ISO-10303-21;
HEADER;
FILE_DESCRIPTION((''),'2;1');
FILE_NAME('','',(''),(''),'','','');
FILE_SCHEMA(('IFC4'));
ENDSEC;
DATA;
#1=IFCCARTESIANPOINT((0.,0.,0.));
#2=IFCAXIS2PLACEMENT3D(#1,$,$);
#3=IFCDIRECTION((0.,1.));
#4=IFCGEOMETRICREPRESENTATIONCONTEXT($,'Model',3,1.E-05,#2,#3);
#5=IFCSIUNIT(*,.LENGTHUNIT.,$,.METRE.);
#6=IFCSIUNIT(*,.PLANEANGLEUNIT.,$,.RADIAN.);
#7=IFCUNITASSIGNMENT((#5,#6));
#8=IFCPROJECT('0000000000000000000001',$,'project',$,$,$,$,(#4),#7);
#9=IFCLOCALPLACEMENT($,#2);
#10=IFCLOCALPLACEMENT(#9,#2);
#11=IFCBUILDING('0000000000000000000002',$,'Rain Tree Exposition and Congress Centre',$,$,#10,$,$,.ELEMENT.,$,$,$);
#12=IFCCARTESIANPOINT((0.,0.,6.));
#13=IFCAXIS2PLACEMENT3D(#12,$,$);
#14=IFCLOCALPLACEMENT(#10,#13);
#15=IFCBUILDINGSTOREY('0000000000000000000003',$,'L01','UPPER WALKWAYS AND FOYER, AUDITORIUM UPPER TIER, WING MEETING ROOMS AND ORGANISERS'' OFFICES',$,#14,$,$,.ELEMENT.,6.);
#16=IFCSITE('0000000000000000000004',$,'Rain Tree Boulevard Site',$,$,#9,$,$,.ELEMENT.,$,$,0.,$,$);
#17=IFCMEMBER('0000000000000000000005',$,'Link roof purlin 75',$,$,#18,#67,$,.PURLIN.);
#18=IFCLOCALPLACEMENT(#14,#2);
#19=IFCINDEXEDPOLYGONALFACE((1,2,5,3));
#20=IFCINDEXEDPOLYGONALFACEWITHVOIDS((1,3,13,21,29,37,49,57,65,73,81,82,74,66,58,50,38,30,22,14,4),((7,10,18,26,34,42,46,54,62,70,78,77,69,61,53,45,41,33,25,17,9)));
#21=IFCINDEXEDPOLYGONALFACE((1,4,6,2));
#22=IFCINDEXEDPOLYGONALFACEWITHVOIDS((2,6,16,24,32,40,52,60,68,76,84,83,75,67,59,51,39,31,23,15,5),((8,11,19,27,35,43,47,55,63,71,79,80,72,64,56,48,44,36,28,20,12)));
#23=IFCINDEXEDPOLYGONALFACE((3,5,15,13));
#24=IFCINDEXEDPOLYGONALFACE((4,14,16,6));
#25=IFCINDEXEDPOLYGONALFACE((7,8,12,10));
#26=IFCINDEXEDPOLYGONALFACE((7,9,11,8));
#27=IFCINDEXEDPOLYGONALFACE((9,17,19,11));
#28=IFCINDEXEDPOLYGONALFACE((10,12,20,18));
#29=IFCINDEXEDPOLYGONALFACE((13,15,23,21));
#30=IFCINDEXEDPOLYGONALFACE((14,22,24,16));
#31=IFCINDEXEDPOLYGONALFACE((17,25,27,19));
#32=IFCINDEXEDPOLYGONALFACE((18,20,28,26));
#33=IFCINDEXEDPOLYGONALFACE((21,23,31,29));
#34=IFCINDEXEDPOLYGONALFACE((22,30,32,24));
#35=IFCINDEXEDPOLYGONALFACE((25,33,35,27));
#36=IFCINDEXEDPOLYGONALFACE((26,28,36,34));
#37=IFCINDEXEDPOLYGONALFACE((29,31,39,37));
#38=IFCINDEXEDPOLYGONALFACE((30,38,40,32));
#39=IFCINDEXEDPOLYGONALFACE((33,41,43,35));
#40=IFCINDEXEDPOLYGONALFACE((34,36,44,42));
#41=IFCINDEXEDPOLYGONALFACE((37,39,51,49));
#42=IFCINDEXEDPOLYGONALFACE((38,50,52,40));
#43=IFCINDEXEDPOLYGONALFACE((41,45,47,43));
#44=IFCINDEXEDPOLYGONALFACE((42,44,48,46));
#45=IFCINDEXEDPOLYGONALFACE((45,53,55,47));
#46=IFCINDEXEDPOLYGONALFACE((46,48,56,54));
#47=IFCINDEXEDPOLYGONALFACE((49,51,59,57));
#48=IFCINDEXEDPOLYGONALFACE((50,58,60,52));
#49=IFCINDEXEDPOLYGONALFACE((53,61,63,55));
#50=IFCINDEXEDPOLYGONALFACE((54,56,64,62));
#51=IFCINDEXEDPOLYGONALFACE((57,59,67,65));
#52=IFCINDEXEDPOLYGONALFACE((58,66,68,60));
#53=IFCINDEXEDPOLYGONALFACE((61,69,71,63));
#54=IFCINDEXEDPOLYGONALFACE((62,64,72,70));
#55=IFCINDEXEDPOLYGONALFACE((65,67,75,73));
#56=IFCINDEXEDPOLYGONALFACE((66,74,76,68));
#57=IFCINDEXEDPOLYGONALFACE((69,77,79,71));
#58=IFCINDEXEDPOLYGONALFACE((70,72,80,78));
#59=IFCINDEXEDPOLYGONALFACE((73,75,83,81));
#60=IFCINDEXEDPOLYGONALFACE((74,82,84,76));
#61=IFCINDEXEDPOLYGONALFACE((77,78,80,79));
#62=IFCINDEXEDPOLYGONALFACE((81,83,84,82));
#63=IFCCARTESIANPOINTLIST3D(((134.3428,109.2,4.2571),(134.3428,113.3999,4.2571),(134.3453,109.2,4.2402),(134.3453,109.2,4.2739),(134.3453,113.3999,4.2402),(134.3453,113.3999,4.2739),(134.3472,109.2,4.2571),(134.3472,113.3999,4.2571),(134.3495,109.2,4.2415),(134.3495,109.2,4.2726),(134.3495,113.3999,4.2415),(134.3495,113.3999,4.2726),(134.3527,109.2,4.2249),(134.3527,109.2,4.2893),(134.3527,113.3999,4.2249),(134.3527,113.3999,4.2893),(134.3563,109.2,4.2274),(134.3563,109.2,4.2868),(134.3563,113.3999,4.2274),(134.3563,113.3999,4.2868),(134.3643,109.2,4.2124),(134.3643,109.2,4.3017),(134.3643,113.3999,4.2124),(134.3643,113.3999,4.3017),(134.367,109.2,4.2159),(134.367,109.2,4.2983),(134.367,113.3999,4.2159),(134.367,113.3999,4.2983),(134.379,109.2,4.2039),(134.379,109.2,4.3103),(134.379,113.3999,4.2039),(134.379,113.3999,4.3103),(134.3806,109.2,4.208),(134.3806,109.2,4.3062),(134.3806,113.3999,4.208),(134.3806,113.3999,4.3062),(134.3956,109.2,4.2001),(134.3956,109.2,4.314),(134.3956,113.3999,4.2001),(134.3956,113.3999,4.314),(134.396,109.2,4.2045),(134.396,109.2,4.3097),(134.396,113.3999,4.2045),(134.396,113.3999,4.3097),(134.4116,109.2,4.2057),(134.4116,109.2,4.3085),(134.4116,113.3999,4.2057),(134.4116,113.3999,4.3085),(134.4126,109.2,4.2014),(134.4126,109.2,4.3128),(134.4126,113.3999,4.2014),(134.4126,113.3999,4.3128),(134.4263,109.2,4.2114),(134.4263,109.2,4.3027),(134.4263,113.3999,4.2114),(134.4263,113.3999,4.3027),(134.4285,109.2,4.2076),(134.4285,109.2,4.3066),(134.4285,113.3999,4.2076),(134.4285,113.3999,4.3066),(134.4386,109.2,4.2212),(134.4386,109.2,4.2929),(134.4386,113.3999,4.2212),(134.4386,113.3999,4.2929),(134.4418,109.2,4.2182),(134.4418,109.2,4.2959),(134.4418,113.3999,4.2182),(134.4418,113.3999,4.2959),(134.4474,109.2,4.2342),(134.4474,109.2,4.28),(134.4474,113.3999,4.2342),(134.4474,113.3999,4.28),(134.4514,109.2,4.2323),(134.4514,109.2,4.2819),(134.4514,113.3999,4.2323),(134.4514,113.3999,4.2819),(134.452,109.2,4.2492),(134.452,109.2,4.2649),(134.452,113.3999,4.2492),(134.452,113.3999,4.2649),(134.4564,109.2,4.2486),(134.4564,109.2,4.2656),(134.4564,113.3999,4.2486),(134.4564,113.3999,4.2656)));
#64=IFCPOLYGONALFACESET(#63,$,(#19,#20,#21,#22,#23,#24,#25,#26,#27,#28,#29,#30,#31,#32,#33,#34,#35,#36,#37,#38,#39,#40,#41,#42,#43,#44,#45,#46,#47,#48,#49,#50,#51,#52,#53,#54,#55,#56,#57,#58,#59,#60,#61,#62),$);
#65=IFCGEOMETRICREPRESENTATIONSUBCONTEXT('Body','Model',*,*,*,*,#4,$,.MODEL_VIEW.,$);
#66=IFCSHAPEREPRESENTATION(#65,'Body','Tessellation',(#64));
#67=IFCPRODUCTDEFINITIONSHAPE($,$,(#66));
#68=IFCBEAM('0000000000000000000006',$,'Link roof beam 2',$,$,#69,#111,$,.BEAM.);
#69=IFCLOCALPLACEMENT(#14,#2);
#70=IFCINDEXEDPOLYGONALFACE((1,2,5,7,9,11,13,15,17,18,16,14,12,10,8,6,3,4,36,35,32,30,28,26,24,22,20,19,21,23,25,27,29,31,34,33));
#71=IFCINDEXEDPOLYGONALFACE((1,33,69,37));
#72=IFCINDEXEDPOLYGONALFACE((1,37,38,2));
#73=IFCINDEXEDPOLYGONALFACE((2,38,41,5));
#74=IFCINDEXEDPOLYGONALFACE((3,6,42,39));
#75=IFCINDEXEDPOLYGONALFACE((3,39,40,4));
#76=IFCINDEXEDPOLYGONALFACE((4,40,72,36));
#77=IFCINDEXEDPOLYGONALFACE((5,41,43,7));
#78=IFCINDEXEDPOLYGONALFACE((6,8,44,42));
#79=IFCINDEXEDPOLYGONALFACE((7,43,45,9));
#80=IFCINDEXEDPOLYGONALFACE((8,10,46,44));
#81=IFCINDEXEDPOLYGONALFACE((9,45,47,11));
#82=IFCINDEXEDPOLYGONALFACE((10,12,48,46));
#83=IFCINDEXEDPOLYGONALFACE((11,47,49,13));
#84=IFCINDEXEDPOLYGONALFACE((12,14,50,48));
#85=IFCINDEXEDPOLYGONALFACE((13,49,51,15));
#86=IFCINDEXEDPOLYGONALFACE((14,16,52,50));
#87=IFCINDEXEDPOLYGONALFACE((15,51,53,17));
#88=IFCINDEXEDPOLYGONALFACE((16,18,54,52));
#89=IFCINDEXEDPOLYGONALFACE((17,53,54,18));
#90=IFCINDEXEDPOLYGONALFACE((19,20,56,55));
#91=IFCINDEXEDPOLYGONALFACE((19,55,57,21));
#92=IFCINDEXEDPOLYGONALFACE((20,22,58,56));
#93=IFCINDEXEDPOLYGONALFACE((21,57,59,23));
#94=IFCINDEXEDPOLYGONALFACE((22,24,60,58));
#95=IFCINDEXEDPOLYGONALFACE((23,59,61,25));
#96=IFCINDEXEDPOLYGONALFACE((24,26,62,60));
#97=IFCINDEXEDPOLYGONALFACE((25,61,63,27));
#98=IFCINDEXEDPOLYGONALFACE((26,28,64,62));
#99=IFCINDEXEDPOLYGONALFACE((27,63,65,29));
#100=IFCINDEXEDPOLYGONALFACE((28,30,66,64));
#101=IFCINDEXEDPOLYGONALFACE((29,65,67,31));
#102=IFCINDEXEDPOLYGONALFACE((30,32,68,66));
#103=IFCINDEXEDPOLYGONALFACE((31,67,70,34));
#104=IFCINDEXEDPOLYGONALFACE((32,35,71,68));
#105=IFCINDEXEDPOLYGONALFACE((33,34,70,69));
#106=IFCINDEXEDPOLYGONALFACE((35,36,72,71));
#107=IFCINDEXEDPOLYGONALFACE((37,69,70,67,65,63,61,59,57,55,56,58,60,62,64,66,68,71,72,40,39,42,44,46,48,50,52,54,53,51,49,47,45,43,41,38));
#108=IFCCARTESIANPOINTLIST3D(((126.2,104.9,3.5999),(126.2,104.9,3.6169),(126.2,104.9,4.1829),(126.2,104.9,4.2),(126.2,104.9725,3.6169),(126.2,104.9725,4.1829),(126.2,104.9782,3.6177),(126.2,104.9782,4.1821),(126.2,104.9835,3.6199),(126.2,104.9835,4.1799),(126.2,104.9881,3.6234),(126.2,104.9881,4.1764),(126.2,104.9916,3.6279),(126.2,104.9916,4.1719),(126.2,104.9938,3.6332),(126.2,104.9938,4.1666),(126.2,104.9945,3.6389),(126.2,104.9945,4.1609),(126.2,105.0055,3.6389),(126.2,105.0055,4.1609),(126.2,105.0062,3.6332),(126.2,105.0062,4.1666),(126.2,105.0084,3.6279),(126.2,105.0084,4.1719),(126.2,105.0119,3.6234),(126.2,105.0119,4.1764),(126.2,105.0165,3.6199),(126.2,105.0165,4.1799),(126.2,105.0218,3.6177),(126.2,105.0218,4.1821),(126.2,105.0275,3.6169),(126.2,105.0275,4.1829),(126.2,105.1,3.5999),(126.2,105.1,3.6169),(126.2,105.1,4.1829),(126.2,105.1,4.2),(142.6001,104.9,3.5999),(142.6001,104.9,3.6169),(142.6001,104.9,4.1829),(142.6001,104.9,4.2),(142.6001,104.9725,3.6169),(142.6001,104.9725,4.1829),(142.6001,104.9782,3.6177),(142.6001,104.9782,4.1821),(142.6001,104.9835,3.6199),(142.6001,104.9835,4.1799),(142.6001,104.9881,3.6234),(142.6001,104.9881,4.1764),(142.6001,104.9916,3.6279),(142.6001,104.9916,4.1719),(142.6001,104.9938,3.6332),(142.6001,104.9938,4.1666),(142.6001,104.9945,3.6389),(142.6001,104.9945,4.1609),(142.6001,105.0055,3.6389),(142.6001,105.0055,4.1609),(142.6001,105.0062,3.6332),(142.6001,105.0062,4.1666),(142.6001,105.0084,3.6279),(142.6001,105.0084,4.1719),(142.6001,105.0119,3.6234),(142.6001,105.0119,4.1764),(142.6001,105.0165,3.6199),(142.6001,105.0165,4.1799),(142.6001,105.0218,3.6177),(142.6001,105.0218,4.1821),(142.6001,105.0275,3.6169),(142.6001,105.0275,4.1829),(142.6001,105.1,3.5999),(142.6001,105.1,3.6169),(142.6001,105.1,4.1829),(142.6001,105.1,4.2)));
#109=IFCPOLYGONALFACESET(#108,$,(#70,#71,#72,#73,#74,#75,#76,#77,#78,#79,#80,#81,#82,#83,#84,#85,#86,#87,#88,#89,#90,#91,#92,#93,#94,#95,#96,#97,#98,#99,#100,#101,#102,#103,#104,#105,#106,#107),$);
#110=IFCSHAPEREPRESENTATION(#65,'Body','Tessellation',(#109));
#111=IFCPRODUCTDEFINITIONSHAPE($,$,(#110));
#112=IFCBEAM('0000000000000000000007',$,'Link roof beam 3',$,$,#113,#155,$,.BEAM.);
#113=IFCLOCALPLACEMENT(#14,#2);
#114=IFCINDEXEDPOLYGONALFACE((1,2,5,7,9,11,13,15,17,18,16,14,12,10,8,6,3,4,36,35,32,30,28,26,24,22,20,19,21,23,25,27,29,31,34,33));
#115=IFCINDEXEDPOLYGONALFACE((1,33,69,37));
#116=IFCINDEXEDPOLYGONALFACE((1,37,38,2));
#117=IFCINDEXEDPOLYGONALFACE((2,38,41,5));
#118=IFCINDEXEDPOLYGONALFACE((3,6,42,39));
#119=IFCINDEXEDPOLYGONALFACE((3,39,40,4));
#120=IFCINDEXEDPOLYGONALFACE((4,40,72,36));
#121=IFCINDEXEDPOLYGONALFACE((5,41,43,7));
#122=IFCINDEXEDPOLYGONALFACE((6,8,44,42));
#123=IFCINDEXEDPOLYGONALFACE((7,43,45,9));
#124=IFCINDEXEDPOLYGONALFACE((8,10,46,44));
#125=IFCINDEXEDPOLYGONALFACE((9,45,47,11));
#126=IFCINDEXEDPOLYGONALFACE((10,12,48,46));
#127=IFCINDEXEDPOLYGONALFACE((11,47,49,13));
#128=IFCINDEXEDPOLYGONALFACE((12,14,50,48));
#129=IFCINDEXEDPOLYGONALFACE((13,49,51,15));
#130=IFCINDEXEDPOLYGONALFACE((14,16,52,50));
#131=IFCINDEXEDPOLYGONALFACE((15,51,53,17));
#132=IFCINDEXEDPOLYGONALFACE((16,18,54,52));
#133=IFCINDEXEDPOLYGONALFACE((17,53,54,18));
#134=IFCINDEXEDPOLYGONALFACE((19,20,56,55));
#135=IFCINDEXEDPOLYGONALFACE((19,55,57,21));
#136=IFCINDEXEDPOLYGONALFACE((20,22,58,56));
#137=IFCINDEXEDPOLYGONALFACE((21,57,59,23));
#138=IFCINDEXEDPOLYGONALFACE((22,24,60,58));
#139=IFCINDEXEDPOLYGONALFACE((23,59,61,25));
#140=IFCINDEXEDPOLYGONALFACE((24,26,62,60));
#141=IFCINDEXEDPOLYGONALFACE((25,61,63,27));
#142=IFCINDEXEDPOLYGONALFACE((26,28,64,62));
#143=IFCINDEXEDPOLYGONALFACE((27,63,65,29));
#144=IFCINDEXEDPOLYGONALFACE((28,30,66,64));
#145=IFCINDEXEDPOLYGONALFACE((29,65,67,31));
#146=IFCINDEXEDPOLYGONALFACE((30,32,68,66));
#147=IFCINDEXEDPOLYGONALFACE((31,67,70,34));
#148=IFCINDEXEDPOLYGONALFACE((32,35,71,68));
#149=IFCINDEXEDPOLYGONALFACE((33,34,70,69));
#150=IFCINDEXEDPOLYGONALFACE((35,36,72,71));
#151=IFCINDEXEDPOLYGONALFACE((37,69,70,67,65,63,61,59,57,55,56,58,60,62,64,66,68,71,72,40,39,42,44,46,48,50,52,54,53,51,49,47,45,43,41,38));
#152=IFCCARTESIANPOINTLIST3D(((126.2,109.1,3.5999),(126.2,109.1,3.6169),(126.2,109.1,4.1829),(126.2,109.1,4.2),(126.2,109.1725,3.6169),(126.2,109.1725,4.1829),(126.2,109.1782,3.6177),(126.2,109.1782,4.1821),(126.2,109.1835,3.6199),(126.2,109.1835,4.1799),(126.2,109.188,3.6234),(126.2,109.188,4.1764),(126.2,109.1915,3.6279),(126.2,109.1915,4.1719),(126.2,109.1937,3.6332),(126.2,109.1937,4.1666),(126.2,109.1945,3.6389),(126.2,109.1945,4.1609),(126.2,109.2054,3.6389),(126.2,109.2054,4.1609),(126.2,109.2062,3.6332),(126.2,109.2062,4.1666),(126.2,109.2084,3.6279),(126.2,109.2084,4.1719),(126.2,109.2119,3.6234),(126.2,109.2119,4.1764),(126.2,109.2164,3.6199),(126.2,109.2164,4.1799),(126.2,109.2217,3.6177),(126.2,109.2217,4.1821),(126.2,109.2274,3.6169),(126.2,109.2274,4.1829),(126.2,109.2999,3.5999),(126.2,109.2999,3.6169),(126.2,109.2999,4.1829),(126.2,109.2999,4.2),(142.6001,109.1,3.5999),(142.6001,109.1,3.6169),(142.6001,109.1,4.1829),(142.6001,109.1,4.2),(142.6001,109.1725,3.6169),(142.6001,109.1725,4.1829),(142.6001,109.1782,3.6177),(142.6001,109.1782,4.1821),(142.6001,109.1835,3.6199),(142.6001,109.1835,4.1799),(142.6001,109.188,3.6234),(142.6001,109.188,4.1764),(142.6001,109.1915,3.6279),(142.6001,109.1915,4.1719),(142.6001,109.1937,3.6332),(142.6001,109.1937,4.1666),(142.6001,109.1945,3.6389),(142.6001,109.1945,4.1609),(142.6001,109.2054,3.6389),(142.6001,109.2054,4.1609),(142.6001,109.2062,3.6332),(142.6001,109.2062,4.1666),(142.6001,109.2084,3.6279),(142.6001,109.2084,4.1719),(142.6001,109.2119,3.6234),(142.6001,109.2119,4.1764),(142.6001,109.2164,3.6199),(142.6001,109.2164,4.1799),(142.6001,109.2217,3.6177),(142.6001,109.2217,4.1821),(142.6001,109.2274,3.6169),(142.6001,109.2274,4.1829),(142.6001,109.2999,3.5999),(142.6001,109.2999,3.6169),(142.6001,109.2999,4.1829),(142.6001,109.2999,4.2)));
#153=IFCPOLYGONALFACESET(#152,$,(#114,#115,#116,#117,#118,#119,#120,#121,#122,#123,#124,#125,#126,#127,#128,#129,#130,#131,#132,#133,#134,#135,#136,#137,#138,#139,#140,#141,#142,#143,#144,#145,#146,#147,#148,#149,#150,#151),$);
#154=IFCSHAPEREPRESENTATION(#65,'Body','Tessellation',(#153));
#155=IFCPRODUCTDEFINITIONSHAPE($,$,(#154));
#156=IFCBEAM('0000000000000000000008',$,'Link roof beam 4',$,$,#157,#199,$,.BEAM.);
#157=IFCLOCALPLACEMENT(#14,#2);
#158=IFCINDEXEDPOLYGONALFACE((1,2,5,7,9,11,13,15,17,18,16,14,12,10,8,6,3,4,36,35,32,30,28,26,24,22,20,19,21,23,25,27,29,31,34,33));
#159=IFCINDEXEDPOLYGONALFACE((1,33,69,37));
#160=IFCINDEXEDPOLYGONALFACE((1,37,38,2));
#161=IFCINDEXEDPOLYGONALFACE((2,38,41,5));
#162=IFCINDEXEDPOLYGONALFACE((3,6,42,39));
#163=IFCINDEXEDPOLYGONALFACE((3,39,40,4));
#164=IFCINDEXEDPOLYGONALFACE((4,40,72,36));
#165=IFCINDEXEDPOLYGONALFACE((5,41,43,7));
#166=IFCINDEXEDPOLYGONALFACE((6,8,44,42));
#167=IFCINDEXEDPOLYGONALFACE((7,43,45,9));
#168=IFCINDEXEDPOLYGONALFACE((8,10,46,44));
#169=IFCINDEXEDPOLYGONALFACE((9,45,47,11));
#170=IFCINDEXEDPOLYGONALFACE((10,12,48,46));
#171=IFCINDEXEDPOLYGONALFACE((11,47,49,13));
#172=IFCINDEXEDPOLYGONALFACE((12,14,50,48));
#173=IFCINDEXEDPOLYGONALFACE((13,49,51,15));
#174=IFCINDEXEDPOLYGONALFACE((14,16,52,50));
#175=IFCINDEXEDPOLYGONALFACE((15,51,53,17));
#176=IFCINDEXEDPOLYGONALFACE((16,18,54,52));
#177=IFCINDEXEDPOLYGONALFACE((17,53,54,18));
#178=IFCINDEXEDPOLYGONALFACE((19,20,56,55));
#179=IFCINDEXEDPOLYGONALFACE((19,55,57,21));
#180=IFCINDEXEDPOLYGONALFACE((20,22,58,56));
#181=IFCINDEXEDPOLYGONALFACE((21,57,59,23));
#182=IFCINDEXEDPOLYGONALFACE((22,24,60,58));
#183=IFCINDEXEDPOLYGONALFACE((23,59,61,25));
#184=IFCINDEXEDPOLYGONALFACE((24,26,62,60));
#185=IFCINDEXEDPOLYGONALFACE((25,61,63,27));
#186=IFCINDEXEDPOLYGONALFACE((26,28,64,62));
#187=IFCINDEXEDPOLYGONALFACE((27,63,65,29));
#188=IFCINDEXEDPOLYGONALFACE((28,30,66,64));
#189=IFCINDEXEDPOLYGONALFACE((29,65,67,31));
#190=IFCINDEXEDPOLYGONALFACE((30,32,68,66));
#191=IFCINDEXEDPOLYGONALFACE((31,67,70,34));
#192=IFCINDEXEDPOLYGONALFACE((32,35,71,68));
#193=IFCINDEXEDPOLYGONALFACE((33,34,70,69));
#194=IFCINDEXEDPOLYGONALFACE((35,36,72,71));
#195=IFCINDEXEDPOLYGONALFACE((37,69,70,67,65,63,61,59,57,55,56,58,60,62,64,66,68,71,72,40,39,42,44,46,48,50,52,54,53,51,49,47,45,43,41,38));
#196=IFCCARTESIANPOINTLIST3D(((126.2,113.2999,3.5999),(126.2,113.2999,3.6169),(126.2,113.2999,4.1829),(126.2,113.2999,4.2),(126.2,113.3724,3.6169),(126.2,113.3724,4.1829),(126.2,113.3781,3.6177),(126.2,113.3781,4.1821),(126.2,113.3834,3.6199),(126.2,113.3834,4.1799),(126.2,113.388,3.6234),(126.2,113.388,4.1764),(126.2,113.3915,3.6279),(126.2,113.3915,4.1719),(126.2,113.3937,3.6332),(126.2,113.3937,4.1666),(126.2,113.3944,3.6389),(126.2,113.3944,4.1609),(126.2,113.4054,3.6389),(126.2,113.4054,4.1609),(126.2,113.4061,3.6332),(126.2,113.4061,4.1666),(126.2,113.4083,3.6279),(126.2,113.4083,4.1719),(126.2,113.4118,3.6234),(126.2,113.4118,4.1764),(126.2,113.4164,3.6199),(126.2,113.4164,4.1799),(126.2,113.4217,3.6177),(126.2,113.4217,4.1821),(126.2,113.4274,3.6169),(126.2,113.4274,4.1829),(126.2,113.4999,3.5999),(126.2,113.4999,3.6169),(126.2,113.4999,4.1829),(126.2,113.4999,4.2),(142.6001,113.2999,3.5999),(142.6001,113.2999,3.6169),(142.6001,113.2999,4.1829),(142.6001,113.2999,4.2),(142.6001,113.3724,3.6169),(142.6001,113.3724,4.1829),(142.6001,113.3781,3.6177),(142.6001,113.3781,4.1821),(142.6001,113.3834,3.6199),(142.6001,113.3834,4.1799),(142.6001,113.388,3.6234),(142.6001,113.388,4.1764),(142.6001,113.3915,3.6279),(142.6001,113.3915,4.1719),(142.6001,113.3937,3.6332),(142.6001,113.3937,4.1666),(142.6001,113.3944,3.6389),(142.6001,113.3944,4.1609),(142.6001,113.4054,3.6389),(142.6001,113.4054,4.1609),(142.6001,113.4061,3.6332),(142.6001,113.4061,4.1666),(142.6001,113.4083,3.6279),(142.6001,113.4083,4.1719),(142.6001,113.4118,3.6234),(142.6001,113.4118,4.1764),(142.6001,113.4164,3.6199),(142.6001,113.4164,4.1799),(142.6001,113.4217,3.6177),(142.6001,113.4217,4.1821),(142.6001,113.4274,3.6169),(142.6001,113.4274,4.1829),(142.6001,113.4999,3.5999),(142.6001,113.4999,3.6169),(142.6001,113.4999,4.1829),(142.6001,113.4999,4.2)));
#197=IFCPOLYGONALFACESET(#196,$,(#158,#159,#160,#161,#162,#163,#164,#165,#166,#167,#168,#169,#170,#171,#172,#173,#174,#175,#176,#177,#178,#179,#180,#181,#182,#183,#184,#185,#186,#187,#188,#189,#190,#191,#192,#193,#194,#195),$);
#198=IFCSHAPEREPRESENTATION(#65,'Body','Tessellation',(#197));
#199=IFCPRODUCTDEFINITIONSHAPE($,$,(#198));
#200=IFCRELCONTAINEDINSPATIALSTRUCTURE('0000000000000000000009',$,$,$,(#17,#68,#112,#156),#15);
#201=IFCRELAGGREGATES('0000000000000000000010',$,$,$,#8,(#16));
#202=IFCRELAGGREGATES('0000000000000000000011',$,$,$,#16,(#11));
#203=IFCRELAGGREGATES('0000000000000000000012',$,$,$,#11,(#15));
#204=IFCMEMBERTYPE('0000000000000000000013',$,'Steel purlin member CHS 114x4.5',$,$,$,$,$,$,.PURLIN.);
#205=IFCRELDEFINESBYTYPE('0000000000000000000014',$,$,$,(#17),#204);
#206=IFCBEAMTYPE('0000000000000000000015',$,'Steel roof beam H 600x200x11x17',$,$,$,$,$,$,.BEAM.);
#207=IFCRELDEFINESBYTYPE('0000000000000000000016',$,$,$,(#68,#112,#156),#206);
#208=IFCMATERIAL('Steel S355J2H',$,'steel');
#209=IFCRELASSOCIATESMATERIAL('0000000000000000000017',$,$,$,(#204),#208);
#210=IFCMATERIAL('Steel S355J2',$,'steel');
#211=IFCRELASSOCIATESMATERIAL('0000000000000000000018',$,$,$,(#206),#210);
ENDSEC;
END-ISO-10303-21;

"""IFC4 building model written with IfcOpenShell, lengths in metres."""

from ifc_helpers import new_model, si_unit, direction, frame, origin, origin_2d, place, context, subcontext, project, spatial, hollow_circle, i_section, extrude, material, material_profile, profile_set, type_object, element, save


model = new_model("IFC4")

# Units and contexts
model_context = context("Model", 3, precision=1e-05, world=origin(), true_north=direction((0.0, 1.0)))
body_context = subcontext(model_context, "Body", "Model", "MODEL_VIEW")
ifc_project = project(units=[si_unit("LENGTHUNIT", "METRE"), si_unit("PLANEANGLEUNIT", "RADIAN")], contexts=[model_context])

# Site, building, storey
site_placement = place(None, origin())
site = spatial("IfcSite", under=ifc_project, at=site_placement, Name="Rain Tree Boulevard Site", CompositionType="ELEMENT", RefElevation=0.0)
building_placement = place(site_placement, origin())
building = spatial("IfcBuilding", under=site, at=building_placement, Name="Rain Tree Exposition and Congress Centre", CompositionType="ELEMENT")
storey_placement = place(building_placement, frame((0.0, 0.0, 6.0)))
storey = spatial("IfcBuildingStorey", under=building, at=storey_placement, Name="L01", Description="UPPER WALKWAYS AND FOYER, AUDITORIUM UPPER TIER, WING MEETING ROOMS AND ORGANISERS' OFFICES", CompositionType="ELEMENT", Elevation=6.0)

# Member
ifc_material_1 = material(Name="Steel S355J2H", Category="steel")
ifc_material_profile_1 = material_profile(ifc_material_1, hollow_circle(Radius=0.0571, WallThickness=0.0044, at=origin_2d()), Name="CHS 114x4.5")
ifc_profile_set_1 = profile_set([ifc_material_profile_1], Name="Steel S355J2H")
member_type = type_object("IfcMemberType", Name="Steel purlin member CHS 114x4.5", PredefinedType="PURLIN", material=ifc_profile_set_1)
for number, where, z_axis, x_axis, name in (
    (1, (134.3999, 109.2, 4.2571), (0.0, 1.0, 0.0), (-1.0, 0.0, 0.0), "Link roof purlin 75"),
):
    element("IfcMember", number, at=place(storey_placement, frame(where, z_axis=z_axis, x_axis=x_axis)), inside=storey, type_object=member_type, Name=name, PredefinedType="PURLIN", context=body_context, shape_type="SweptSolid", body=[
        extrude(hollow_circle(Radius=0.0571, WallThickness=0.0044, at=origin_2d()), origin(), (0.0, 0.0, 1.0), 4.2),
    ])

# Beams
ifc_material_2 = material(Name="Steel S355J2", Category="steel")
ifc_material_profile_2 = material_profile(ifc_material_2, i_section(OverallWidth=0.2, OverallDepth=0.6001, WebThickness=0.011, FlangeThickness=0.0171, FilletRadius=0.022, at=origin_2d()), Name="H 600x200x11x17")
ifc_profile_set_2 = profile_set([ifc_material_profile_2], Name="Steel S355J2")
beam_type = type_object("IfcBeamType", Name="Steel roof beam H 600x200x11x17", PredefinedType="BEAM", material=ifc_profile_set_2)
for number, where, z_axis, x_axis, name in (
    (2, (126.2, 105.0, 3.8999), (1.0, 0.0, 0.0), (0.0, 1.0, 0.0), "Link roof beam 2"),
    (3, (126.2, 109.2, 3.8999), (1.0, 0.0, 0.0), (0.0, 1.0, 0.0), "Link roof beam 3"),
    (4, (126.2, 113.3999, 3.8999), (1.0, 0.0, 0.0), (0.0, 1.0, 0.0), "Link roof beam 4"),
):
    element("IfcBeam", number, at=place(storey_placement, frame(where, z_axis=z_axis, x_axis=x_axis)), inside=storey, type_object=beam_type, Name=name, PredefinedType="BEAM", context=body_context, shape_type="SweptSolid", body=[
        extrude(i_section(OverallWidth=0.2, OverallDepth=0.6001, WebThickness=0.011, FlangeThickness=0.0171, FilletRadius=0.022, at=origin_2d()), origin(), (0.0, 0.0, 1.0), 16.4001),
    ])

save(model, "model.ifc")
